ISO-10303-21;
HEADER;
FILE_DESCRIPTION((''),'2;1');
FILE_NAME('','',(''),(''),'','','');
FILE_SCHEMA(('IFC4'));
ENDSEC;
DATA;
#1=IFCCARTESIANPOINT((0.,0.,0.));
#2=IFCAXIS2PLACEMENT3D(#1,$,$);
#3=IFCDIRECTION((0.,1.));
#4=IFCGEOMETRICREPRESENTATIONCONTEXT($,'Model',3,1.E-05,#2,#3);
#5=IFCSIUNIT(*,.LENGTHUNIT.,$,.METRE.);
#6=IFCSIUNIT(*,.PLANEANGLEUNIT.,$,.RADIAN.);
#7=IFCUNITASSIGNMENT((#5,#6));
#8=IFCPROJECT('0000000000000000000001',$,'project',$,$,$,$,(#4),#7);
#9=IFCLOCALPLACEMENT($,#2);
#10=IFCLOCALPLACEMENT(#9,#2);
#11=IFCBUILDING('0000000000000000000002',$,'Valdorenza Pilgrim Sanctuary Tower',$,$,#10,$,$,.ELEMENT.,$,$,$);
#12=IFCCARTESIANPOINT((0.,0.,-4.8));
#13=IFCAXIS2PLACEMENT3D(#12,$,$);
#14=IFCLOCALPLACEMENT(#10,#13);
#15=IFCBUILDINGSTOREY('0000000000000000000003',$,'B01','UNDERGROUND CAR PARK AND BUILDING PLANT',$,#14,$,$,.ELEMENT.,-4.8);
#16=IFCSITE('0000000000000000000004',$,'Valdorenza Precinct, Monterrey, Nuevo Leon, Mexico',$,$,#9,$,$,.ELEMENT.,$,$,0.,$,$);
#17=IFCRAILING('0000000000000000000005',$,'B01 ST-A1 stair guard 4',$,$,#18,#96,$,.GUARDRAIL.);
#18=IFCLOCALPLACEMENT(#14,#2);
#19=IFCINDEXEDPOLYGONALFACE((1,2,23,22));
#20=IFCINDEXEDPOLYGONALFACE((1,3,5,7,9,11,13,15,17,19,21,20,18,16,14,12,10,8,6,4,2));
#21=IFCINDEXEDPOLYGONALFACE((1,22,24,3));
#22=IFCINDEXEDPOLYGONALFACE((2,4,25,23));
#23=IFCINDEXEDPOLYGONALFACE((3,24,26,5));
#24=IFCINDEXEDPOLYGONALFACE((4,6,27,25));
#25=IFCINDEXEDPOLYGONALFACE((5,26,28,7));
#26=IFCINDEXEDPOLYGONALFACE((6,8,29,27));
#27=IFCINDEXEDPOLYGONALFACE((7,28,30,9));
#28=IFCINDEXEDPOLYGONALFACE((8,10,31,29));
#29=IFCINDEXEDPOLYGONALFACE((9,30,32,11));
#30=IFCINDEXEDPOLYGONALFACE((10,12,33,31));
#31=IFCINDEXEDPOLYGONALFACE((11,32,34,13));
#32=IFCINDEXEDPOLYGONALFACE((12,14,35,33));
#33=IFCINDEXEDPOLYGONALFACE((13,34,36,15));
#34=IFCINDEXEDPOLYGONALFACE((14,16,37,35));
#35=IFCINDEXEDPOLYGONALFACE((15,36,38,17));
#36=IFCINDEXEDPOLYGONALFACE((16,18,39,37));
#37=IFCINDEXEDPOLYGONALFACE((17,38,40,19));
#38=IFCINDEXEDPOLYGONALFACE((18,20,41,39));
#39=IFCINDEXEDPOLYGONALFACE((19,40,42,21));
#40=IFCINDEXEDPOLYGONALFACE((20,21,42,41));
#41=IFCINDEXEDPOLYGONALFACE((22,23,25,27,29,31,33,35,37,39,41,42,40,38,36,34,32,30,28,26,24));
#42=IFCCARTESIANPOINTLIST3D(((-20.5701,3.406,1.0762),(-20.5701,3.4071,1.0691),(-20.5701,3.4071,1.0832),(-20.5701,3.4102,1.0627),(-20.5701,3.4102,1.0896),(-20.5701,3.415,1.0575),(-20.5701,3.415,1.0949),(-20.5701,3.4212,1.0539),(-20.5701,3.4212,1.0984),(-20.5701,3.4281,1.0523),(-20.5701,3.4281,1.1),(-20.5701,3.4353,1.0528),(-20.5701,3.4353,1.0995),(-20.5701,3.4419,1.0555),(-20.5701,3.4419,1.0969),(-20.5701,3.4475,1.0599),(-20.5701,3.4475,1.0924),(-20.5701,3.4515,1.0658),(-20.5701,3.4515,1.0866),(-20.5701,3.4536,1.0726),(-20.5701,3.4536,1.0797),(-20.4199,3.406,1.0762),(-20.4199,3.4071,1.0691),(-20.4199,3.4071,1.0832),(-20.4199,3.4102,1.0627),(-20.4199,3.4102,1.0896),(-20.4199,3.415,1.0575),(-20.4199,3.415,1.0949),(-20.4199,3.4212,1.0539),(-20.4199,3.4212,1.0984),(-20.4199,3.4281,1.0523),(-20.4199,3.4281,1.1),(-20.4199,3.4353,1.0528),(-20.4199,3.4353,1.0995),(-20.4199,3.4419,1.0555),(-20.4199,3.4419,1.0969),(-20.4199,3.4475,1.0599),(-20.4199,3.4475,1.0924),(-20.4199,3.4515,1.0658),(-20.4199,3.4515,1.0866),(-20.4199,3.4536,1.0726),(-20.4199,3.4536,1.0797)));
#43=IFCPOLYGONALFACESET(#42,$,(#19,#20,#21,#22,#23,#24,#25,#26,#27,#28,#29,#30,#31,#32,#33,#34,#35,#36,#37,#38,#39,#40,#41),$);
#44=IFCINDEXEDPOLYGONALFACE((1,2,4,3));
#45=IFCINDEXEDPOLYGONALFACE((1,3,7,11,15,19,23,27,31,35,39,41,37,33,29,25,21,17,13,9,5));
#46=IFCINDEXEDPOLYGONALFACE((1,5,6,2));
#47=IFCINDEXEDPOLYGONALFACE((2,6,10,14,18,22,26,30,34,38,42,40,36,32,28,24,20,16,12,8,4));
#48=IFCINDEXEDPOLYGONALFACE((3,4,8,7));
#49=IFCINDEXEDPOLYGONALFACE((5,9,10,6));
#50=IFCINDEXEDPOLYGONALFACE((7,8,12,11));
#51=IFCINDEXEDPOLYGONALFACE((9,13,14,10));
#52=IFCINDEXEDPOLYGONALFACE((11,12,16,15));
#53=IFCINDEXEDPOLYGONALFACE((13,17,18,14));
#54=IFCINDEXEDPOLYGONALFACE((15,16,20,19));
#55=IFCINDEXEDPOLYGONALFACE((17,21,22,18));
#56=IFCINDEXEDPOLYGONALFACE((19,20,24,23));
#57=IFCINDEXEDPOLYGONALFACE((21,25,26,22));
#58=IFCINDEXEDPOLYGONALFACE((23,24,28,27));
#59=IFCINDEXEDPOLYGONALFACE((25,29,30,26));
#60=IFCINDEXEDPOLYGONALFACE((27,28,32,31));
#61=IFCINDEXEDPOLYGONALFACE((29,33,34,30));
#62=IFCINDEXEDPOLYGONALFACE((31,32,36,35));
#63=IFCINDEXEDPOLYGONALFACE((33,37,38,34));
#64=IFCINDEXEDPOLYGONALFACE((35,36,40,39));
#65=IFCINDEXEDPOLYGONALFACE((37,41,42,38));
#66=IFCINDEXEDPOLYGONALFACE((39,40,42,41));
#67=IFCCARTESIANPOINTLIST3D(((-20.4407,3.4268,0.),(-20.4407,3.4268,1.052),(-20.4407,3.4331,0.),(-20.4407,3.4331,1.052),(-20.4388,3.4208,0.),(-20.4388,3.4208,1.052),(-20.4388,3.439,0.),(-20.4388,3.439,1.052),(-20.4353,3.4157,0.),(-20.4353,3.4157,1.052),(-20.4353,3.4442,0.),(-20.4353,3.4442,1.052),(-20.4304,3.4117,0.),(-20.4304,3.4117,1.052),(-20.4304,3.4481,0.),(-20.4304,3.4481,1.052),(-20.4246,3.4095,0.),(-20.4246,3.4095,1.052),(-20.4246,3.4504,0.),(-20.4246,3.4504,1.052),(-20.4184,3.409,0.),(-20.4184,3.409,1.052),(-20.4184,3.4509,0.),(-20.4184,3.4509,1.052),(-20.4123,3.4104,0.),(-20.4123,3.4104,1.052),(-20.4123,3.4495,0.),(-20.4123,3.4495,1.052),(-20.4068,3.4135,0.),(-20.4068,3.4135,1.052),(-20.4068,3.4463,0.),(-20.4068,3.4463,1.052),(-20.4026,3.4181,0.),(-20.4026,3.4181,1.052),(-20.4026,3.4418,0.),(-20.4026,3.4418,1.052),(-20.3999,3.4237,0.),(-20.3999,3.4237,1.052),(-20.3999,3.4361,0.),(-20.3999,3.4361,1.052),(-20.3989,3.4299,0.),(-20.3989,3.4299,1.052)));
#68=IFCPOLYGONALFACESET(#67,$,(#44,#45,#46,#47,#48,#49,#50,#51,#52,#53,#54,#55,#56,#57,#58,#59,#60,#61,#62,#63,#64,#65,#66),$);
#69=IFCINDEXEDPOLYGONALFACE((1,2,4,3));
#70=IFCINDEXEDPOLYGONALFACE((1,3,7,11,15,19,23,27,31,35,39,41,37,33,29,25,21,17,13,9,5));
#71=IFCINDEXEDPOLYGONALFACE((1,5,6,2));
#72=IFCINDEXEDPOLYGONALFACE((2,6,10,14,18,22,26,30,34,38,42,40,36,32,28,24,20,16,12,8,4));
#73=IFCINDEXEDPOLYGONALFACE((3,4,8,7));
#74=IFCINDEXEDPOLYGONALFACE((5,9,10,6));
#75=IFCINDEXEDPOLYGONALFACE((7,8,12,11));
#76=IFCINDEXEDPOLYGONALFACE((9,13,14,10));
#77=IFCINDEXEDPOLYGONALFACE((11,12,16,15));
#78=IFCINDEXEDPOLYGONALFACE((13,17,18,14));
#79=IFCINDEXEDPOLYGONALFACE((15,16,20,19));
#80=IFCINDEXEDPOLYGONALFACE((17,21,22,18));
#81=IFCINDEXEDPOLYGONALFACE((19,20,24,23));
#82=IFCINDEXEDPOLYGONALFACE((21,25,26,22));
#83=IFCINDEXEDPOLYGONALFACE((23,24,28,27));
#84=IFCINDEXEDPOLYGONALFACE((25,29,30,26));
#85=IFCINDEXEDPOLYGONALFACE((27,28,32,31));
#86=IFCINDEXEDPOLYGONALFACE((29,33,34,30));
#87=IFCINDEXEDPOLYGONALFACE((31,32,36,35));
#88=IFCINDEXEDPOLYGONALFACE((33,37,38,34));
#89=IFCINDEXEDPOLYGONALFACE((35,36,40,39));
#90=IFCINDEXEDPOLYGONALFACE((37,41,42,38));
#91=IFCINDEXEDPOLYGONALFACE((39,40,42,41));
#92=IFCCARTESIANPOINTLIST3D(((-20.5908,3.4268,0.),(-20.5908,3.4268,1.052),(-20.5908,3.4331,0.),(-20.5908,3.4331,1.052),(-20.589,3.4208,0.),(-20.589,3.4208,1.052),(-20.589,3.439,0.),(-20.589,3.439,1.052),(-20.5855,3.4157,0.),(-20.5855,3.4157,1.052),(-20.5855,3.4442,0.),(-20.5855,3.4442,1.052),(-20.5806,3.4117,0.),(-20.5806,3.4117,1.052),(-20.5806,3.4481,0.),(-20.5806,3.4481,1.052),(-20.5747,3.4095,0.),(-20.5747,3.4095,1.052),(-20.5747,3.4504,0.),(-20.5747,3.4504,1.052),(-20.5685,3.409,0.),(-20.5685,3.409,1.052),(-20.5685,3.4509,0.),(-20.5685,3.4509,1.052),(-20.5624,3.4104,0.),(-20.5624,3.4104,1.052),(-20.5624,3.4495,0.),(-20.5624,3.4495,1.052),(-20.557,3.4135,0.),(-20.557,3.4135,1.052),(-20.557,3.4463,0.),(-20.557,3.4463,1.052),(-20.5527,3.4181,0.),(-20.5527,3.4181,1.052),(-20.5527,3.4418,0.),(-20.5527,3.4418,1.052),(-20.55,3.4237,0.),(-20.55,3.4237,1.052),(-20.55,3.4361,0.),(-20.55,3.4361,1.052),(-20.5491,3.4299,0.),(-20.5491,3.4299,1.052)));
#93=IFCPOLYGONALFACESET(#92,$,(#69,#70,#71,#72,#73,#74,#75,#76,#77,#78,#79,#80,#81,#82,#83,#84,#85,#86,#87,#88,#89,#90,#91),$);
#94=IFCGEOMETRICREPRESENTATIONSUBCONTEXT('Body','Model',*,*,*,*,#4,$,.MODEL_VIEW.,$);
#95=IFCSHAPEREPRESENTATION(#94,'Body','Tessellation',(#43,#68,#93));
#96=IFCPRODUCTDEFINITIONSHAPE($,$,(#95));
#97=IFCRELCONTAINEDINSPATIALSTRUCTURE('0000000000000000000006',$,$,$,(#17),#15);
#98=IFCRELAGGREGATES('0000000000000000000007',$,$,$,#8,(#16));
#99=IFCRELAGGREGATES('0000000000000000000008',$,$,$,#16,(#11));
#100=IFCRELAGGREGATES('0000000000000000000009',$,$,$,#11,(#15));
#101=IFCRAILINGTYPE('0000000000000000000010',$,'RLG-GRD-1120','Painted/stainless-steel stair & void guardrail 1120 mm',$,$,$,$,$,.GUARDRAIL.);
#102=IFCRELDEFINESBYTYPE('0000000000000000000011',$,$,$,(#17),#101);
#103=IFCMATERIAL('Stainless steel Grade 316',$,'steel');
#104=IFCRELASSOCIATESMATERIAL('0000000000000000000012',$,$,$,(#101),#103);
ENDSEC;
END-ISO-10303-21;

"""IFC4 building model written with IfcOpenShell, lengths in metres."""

from ifc_helpers import new_model, si_unit, direction, frame, origin, origin_2d, place, context, subcontext, project, spatial, circle, extrude, material, type_object, element, save


model = new_model("IFC4")

# Units and contexts
model_context = context("Model", 3, precision=1e-05, world=origin(), true_north=direction((0.0, 1.0)))
body_context = subcontext(model_context, "Body", "Model", "MODEL_VIEW")
ifc_project = project(units=[si_unit("LENGTHUNIT", "METRE"), si_unit("PLANEANGLEUNIT", "RADIAN")], contexts=[model_context])

# Site, building, storey
site_placement = place(None, origin())
site = spatial("IfcSite", under=ifc_project, at=site_placement, Name="Valdorenza Precinct, Monterrey, Nuevo Leon, Mexico", CompositionType="ELEMENT", RefElevation=0.0)
building_placement = place(site_placement, origin())
building = spatial("IfcBuilding", under=site, at=building_placement, Name="Valdorenza Pilgrim Sanctuary Tower", CompositionType="ELEMENT")
storey_placement = place(building_placement, frame((0.0, 0.0, -4.8)))
storey = spatial("IfcBuildingStorey", under=building, at=storey_placement, Name="B01", Description="UNDERGROUND CAR PARK AND BUILDING PLANT", CompositionType="ELEMENT", Elevation=-4.8)

# Railing
ifc_material_1 = material(Name="Stainless steel Grade 316", Category="steel")
railing_type_1 = type_object("IfcRailingType", Name="RLG-GRD-1120", Description="Painted/stainless-steel stair & void guardrail 1120 mm", PredefinedType="GUARDRAIL", material=ifc_material_1)
railing_1_placement = place(storey_placement, frame((-20.4199, 3.4299, 0.0)))
element("IfcRailing", 1, at=railing_1_placement, inside=storey, type_object=railing_type_1, Name="B01 ST-A1 stair guard 4", PredefinedType="GUARDRAIL", context=body_context, shape_type="SweptSolid", body=[
    extrude(circle(Radius=0.0239, at=origin_2d()), frame((0.0, 0.0, 1.0762), z_axis=(-1.0, 0.0, 0.0), x_axis=(0.0, -1.0, 0.0)), (0.0, 0.0, 1.0), 0.1501),
    extrude(circle(Radius=0.021, at=origin_2d()), origin(), (0.0, 0.0, 1.0), 1.052),
    extrude(circle(Radius=0.021, at=origin_2d()), frame((-0.1501, 0.0, 0.0)), (0.0, 0.0, 1.0), 1.052),
])

save(model, "model.ifc")
